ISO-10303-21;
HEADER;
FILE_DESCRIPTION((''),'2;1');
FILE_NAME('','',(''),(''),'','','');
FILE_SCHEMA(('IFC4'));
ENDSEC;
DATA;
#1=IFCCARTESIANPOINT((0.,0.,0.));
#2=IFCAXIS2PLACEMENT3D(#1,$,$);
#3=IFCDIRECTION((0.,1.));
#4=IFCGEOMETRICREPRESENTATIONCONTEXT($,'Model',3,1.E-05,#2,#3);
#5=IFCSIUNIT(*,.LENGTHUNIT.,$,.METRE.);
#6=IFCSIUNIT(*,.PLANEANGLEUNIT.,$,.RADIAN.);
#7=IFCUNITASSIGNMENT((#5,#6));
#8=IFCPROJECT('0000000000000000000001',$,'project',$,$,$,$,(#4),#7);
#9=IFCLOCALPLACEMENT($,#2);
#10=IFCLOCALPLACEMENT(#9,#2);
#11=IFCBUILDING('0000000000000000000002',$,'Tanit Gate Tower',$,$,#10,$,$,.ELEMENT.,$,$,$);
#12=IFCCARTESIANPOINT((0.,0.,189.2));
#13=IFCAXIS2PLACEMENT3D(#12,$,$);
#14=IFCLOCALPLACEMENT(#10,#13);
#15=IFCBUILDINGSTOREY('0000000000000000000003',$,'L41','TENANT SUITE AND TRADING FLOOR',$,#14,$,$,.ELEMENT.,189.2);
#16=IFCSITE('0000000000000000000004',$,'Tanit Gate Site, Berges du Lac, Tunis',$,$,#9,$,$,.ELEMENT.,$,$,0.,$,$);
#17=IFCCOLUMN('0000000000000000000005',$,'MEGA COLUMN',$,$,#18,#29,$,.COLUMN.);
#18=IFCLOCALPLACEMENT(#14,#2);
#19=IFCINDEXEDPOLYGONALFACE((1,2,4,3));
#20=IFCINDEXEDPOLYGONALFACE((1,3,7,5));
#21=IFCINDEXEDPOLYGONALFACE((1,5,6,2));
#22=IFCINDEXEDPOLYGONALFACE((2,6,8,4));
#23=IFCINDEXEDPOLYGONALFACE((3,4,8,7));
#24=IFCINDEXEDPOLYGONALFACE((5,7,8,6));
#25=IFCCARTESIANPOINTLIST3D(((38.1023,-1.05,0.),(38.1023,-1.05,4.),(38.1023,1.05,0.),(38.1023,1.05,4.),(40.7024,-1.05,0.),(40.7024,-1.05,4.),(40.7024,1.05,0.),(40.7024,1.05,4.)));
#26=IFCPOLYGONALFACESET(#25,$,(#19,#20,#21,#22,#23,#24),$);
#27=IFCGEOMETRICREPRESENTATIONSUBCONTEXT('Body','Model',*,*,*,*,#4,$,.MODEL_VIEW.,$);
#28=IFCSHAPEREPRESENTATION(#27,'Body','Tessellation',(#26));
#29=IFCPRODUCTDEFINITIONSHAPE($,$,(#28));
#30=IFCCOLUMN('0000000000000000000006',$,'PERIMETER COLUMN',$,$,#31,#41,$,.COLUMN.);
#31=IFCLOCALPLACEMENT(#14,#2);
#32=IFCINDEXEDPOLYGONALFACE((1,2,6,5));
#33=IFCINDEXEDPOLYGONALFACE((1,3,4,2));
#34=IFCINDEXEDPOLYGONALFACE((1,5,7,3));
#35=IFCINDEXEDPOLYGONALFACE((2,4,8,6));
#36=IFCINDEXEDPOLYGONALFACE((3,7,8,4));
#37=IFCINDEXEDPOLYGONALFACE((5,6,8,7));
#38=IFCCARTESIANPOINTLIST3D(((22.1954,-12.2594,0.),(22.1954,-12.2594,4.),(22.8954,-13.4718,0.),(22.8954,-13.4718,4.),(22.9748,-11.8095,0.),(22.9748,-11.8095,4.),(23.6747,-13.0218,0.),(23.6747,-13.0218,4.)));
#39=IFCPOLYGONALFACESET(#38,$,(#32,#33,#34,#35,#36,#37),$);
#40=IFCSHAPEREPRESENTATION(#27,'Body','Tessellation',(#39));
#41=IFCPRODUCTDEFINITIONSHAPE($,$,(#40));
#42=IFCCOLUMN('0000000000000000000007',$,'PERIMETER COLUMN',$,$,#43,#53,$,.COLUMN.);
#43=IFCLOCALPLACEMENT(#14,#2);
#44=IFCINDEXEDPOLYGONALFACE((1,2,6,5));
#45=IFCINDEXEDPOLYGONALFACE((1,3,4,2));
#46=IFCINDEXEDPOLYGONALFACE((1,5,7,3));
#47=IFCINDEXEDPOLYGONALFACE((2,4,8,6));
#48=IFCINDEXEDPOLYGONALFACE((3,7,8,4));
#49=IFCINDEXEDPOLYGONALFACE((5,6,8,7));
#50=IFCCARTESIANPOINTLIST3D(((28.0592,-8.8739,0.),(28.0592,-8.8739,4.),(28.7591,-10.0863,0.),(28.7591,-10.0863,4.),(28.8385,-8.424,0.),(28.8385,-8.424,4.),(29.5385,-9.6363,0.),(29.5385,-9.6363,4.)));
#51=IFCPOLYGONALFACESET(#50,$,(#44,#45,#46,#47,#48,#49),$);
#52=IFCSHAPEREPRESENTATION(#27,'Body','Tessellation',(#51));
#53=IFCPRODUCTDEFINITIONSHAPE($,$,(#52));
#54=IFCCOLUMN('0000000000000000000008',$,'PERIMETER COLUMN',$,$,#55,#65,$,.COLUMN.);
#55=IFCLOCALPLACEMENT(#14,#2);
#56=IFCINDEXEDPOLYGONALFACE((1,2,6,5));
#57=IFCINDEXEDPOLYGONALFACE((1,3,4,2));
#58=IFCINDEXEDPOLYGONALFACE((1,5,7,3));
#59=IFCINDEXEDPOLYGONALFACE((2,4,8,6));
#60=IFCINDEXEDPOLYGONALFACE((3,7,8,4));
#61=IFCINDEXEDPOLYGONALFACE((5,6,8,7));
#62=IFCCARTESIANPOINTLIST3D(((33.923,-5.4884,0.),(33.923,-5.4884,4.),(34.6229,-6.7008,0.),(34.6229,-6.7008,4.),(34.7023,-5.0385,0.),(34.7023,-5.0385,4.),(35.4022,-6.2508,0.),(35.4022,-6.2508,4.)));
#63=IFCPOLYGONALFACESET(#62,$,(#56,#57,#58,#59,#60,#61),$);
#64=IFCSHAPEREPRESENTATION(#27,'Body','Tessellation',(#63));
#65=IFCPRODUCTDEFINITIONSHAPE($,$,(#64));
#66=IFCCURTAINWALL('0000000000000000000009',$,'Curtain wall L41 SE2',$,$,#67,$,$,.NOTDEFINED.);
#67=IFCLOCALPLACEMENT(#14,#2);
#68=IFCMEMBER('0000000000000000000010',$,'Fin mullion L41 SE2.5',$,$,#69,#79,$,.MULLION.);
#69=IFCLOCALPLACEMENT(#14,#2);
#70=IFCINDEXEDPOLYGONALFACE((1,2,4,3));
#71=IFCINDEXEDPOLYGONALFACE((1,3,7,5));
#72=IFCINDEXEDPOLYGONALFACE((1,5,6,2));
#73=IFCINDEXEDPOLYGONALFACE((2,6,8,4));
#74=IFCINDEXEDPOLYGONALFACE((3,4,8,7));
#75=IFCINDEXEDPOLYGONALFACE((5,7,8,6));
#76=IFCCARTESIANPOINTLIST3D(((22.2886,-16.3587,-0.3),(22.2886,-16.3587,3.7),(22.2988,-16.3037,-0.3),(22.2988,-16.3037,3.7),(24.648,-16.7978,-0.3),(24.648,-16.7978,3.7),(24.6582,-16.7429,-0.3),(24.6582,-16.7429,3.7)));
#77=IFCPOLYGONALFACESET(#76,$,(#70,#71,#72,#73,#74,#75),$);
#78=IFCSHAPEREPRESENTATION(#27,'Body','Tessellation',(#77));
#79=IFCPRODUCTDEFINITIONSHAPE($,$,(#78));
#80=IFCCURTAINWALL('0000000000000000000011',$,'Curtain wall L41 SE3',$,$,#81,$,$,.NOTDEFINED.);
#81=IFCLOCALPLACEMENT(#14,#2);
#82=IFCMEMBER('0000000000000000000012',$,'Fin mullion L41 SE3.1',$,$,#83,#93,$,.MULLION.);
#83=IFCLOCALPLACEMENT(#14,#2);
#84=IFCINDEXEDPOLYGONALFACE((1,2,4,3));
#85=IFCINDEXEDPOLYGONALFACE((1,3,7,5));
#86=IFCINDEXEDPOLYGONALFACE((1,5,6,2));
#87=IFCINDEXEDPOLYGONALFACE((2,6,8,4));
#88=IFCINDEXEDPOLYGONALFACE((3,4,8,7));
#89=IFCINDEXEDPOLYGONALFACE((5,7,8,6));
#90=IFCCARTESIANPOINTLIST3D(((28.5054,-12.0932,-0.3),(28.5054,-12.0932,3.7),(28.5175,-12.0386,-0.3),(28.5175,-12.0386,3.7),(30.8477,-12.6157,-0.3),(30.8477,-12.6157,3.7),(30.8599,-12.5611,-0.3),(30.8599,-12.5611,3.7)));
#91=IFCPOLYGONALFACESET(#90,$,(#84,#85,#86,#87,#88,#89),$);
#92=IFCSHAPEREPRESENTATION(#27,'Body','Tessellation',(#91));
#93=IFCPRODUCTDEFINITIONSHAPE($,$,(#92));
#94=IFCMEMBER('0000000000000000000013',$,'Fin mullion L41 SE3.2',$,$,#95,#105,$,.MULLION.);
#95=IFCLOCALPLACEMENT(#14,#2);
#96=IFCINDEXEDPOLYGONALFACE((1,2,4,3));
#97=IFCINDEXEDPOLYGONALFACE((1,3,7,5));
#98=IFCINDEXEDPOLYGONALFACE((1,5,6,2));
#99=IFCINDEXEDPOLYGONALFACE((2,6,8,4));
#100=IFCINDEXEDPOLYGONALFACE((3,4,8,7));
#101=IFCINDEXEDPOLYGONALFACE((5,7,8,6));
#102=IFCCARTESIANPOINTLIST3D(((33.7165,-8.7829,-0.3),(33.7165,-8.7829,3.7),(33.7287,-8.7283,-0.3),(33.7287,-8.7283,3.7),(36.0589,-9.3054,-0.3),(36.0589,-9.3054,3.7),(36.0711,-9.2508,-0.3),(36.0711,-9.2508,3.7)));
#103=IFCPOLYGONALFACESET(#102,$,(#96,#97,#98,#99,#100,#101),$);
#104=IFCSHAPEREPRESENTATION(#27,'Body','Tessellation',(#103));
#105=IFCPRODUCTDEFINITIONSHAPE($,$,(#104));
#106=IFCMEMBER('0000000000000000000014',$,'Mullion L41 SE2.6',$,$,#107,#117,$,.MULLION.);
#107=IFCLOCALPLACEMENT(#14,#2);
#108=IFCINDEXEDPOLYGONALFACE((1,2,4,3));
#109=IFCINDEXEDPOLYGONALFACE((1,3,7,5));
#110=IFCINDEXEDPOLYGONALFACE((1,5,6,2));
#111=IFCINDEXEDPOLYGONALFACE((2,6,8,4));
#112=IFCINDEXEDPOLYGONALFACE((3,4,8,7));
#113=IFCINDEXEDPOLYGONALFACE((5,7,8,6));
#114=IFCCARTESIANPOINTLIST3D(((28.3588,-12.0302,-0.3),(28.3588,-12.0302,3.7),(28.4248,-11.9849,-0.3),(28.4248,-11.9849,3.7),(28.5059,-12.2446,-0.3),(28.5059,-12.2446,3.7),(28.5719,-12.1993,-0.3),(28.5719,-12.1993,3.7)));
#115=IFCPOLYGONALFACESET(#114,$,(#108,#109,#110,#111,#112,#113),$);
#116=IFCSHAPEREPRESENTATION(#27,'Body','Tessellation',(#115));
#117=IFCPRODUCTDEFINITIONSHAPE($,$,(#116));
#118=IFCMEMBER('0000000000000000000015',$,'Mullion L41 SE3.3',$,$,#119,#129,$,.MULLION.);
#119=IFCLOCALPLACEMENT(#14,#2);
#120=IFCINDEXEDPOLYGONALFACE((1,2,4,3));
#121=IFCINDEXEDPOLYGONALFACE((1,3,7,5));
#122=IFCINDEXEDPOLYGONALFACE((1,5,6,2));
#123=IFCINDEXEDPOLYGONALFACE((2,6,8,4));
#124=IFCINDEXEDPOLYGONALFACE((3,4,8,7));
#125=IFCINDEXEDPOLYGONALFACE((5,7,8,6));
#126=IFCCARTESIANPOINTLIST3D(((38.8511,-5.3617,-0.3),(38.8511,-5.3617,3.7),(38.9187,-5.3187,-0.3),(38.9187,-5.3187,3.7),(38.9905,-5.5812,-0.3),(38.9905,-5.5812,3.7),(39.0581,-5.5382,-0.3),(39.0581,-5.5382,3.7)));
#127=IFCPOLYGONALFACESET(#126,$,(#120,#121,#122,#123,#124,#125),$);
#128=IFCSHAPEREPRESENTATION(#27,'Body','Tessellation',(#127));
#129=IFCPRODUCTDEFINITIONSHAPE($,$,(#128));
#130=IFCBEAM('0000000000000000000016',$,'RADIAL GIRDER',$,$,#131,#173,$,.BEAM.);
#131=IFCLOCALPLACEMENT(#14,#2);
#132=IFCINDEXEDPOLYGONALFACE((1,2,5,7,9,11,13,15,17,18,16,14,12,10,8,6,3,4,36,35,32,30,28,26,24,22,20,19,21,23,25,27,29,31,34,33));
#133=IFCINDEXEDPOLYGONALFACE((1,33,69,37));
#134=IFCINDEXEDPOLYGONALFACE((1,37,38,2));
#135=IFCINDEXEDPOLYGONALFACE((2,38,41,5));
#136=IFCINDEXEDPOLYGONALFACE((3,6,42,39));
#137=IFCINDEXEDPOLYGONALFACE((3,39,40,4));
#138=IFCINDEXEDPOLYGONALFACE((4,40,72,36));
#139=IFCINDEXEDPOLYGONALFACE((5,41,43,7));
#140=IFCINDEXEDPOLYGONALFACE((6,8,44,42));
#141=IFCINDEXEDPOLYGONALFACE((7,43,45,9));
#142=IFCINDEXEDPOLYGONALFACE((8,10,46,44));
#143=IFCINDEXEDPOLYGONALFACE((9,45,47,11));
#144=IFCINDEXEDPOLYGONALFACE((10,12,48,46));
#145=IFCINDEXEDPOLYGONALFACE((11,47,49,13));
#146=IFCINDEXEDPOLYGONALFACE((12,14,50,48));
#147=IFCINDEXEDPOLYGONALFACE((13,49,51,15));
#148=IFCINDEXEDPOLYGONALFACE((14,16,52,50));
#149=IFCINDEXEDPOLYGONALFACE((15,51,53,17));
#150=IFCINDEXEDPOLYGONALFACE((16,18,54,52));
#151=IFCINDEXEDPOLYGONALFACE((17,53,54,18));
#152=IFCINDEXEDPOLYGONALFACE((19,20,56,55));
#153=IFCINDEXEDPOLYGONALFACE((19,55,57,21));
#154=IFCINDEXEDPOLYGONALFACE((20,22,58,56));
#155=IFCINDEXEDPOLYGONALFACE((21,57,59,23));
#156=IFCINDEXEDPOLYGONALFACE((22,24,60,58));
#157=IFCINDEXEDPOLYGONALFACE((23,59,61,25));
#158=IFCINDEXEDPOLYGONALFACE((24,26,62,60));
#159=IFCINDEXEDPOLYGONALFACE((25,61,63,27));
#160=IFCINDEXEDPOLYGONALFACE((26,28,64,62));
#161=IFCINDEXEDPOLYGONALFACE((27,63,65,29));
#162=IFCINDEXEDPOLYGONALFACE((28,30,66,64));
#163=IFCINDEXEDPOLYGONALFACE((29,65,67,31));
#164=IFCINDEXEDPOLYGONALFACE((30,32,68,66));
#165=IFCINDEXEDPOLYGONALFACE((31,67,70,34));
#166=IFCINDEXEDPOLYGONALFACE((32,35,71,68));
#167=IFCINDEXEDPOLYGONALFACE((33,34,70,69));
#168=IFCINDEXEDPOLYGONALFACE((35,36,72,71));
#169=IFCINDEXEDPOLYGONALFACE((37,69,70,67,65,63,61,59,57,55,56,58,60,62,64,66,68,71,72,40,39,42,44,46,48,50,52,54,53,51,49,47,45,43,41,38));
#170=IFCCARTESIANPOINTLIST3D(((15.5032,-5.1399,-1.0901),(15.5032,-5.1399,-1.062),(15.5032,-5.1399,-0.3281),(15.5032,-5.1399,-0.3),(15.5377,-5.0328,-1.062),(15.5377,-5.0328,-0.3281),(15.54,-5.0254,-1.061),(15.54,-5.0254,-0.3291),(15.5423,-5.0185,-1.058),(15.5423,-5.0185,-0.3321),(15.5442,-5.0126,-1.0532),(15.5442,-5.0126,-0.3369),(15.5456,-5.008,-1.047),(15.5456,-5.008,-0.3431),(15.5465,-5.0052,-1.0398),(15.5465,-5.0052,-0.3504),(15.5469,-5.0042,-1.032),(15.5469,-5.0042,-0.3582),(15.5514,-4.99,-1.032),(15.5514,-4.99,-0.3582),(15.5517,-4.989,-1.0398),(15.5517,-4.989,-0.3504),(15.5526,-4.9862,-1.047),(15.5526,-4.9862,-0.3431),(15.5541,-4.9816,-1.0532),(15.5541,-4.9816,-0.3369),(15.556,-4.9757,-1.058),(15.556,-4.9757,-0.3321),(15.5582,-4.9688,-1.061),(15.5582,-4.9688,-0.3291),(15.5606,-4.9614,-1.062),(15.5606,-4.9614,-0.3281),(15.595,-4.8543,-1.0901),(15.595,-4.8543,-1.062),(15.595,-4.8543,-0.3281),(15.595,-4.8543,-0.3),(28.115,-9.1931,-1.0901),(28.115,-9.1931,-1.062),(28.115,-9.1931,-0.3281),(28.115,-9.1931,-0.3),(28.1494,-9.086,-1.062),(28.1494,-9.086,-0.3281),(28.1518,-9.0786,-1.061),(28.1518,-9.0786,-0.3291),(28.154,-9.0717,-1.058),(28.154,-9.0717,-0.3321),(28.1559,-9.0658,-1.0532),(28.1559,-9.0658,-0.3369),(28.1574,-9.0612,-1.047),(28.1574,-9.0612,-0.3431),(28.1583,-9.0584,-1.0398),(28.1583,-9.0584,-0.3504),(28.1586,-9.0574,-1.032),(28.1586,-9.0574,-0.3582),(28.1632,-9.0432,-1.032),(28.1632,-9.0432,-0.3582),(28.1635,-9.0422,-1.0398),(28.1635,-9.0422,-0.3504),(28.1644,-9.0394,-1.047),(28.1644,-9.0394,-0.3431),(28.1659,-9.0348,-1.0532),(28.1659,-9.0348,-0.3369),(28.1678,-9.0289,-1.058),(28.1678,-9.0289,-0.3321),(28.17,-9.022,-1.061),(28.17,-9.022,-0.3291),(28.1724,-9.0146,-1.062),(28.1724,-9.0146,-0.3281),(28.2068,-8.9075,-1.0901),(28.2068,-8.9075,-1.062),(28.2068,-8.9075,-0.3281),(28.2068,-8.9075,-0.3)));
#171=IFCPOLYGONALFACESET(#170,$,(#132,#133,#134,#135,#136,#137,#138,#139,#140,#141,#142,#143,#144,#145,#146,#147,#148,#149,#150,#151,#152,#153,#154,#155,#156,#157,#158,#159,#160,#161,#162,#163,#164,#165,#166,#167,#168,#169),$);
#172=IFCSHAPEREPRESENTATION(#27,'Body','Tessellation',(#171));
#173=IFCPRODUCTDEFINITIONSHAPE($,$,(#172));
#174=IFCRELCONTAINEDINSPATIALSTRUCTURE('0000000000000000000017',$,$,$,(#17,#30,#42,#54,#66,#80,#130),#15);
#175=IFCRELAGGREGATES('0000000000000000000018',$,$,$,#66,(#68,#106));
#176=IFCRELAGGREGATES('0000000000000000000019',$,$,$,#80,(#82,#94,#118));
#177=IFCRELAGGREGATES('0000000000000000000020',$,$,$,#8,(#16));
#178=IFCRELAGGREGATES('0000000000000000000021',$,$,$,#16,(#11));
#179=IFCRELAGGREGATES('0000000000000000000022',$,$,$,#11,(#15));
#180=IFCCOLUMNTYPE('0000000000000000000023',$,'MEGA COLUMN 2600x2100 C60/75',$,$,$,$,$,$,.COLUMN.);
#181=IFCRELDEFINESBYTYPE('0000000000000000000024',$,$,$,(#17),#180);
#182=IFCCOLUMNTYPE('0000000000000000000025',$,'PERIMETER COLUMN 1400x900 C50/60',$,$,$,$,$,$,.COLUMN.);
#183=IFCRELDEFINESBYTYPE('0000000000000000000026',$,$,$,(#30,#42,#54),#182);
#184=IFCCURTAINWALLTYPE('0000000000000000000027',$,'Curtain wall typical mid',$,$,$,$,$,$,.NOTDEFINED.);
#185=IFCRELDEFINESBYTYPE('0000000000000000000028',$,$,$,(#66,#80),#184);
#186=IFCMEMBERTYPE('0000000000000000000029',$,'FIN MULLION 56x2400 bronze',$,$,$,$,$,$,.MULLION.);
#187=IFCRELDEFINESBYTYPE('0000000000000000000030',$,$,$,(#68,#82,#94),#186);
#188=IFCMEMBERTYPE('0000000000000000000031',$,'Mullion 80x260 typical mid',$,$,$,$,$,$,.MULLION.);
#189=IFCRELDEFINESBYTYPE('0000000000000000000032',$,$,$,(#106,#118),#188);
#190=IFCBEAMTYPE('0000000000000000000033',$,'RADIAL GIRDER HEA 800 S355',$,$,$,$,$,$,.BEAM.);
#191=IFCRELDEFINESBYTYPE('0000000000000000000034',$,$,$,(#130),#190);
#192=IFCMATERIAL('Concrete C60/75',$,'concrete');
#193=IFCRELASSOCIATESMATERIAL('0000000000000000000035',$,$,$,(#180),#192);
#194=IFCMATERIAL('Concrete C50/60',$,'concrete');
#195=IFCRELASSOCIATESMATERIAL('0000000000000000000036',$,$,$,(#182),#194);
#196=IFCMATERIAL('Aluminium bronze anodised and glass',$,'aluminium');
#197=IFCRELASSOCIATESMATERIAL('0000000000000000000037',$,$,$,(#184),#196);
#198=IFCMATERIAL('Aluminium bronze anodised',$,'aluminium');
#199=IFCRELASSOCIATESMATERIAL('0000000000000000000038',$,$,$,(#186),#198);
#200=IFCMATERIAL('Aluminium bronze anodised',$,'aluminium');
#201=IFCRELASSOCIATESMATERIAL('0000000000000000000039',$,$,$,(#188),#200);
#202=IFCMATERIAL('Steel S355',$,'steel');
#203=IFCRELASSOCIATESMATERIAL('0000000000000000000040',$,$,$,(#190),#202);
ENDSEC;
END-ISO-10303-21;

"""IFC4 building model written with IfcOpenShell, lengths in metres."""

from ifc_helpers import new_model, si_unit, direction, frame, origin, origin_2d, place, context, subcontext, project, spatial, rectangle, i_section, extrude, material, material_profile, profile_set, type_object, element, aggregate, save


model = new_model("IFC4")

# Units and contexts
model_context = context("Model", 3, precision=1e-05, world=origin(), true_north=direction((0.0, 1.0)))
body_context = subcontext(model_context, "Body", "Model", "MODEL_VIEW")
ifc_project = project(units=[si_unit("LENGTHUNIT", "METRE"), si_unit("PLANEANGLEUNIT", "RADIAN")], contexts=[model_context])

# Site, building, storey
site_placement = place(None, origin())
site = spatial("IfcSite", under=ifc_project, at=site_placement, Name="Tanit Gate Site, Berges du Lac, Tunis", CompositionType="ELEMENT", RefElevation=0.0)
building_placement = place(site_placement, origin())
building = spatial("IfcBuilding", under=site, at=building_placement, Name="Tanit Gate Tower", CompositionType="ELEMENT")
storey_placement = place(building_placement, frame((0.0, 0.0, 189.2)))
storey = spatial("IfcBuildingStorey", under=building, at=storey_placement, Name="L41", Description="TENANT SUITE AND TRADING FLOOR", CompositionType="ELEMENT", Elevation=189.2)

# Columns
ifc_material_1 = material(Name="Concrete C60/75", Category="concrete")
ifc_material_profile_1 = material_profile(ifc_material_1, rectangle(XDim=2.6001, YDim=2.1001, at=origin_2d()), Name="RC 2600x2100")
ifc_profile_set_1 = profile_set([ifc_material_profile_1], Name="Concrete C60/75")
column_type_1 = type_object("IfcColumnType", Name="MEGA COLUMN 2600x2100 C60/75", PredefinedType="COLUMN", material=ifc_profile_set_1)
column_placement = place(storey_placement, frame((39.4023, 0.0, 0.0), z_axis=(0.0, 0.0, 1.0), x_axis=(1.0, 0.0, 0.0)))
element("IfcColumn", 1, at=column_placement, inside=storey, type_object=column_type_1, Name="MEGA COLUMN", PredefinedType="COLUMN", context=body_context, shape_type="SweptSolid", body=[
    extrude(rectangle(XDim=2.6001, YDim=2.1001, at=origin_2d()), origin(), (0.0, 0.0, 1.0), 4.0),
])
ifc_material_2 = material(Name="Concrete C50/60", Category="concrete")
ifc_material_profile_2 = material_profile(ifc_material_2, rectangle(XDim=1.3999, YDim=0.8999, at=origin_2d()), Name="RC 1400x900")
ifc_profile_set_2 = profile_set([ifc_material_profile_2], Name="Concrete C50/60")
column_type_2 = type_object("IfcColumnType", Name="PERIMETER COLUMN 1400x900 C50/60", PredefinedType="COLUMN", material=ifc_profile_set_2)
for number, where, z_axis, x_axis, name in (
    (2, (22.9351, -12.6406, 0.0), (0.0, 0.0, 1.0), (0.5, -0.866025, 0.0), "PERIMETER COLUMN"),
    (3, (28.7988, -9.2551, 0.0), (0.0, 0.0, 1.0), (0.5, -0.866025, 0.0), "PERIMETER COLUMN"),
    (4, (34.6626, -5.8696, 0.0), (0.0, 0.0, 1.0), (0.5, -0.866025, 0.0), "PERIMETER COLUMN"),
):
    element("IfcColumn", number, at=place(storey_placement, frame(where, z_axis=z_axis, x_axis=x_axis)), inside=storey, type_object=column_type_2, Name=name, PredefinedType="COLUMN", context=body_context, shape_type="SweptSolid", body=[
        extrude(rectangle(XDim=1.3999, YDim=0.8999, at=origin_2d()), origin(), (0.0, 0.0, 1.0), 4.0),
    ])

# Curtain wall, member
ifc_material_3 = material(Name="Aluminium bronze anodised and glass", Category="aluminium")
curtain_wall_type = type_object("IfcCurtainWallType", Name="Curtain wall typical mid", PredefinedType="NOTDEFINED", material=ifc_material_3)
curtain_wall_1_placement = place(storey_placement, origin())
curtain_wall_1 = element("IfcCurtainWall", 5, at=curtain_wall_1_placement, inside=storey, type_object=curtain_wall_type, Name="Curtain wall L41 SE2", PredefinedType="NOTDEFINED")
ifc_material_4 = material(Name="Aluminium bronze anodised", Category="aluminium")
ifc_material_profile_3 = material_profile(ifc_material_4, rectangle(XDim=2.3999, YDim=0.0559, at=origin_2d()), Name="56x2400 bronze fin mullion")
ifc_profile_set_3 = profile_set([ifc_material_profile_3], Name="Aluminium bronze anodised")
member_type_1 = type_object("IfcMemberType", Name="FIN MULLION 56x2400 bronze", PredefinedType="MULLION", material=ifc_profile_set_3)
member_1_placement = place(storey_placement, frame((23.4734, -16.5508, -0.3), z_axis=(0.0, 0.0, 1.0), x_axis=(-0.983116, 0.182983, 0.0)))
member_1 = element("IfcMember", 6, at=member_1_placement, type_object=member_type_1, Name="Fin mullion L41 SE2.5", PredefinedType="MULLION", context=body_context, shape_type="SweptSolid", body=[
    extrude(rectangle(XDim=2.3999, YDim=0.0559, at=origin_2d()), origin(), (0.0, 0.0, 1.0), 4.0),
])

# Curtain wall, members
curtain_wall_2_placement = place(storey_placement, origin())
curtain_wall_2 = element("IfcCurtainWall", 7, at=curtain_wall_2_placement, inside=storey, type_object=curtain_wall_type, Name="Curtain wall L41 SE3", PredefinedType="NOTDEFINED")
member_2_placement = place(storey_placement, frame((29.6826, -12.3271, -0.3), z_axis=(0.0, 0.0, 1.0), x_axis=(-0.976011, 0.217722, 0.0)))
member_2 = element("IfcMember", 8, at=member_2_placement, type_object=member_type_1, Name="Fin mullion L41 SE3.1", PredefinedType="MULLION", context=body_context, shape_type="SweptSolid", body=[
    extrude(rectangle(XDim=2.3999, YDim=0.0559, at=origin_2d()), origin(), (0.0, 0.0, 1.0), 4.0),
])
member_3_placement = place(storey_placement, frame((34.8938, -9.0168, -0.3), z_axis=(0.0, 0.0, 1.0), x_axis=(-0.976011, 0.217722, 0.0)))
member_3 = element("IfcMember", 9, at=member_3_placement, type_object=member_type_1, Name="Fin mullion L41 SE3.2", PredefinedType="MULLION", context=body_context, shape_type="SweptSolid", body=[
    extrude(rectangle(XDim=2.3999, YDim=0.0559, at=origin_2d()), origin(), (0.0, 0.0, 1.0), 4.0),
])

# Members
ifc_material_5 = material(Name="Aluminium bronze anodised", Category="aluminium")
ifc_material_profile_4 = material_profile(ifc_material_5, rectangle(XDim=0.26, YDim=0.0801, at=origin_2d()), Name="80x260 bronze mullion")
ifc_profile_set_4 = profile_set([ifc_material_profile_4], Name="Aluminium bronze anodised")
member_type_2 = type_object("IfcMemberType", Name="Mullion 80x260 typical mid", PredefinedType="MULLION", material=ifc_profile_set_4)
member_4_placement = place(storey_placement, frame((28.4653, -12.1147, -0.3), z_axis=(0.0, 0.0, 1.0), x_axis=(-0.56578, 0.824557, 0.0)))
member_4 = element("IfcMember", 10, at=member_4_placement, type_object=member_type_2, Name="Mullion L41 SE2.6", PredefinedType="MULLION", context=body_context, shape_type="SweptSolid", body=[
    extrude(rectangle(XDim=0.26, YDim=0.0801, at=origin_2d()), origin(), (0.0, 0.0, 1.0), 4.0),
])
member_5_placement = place(storey_placement, frame((38.9546, -5.45, -0.3), z_axis=(0.0, 0.0, 1.0), x_axis=(-0.536191, 0.844097, 0.0)))
member_5 = element("IfcMember", 11, at=member_5_placement, type_object=member_type_2, Name="Mullion L41 SE3.3", PredefinedType="MULLION", context=body_context, shape_type="SweptSolid", body=[
    extrude(rectangle(XDim=0.26, YDim=0.0801, at=origin_2d()), origin(), (0.0, 0.0, 1.0), 4.0),
])

# Beam
ifc_material_6 = material(Name="Steel S355", Category="steel")
ifc_material_profile_5 = material_profile(ifc_material_6, i_section(OverallWidth=0.3, OverallDepth=0.79, WebThickness=0.0149, FlangeThickness=0.0281, FilletRadius=0.03, at=origin_2d()), Name="HEA 800")
ifc_profile_set_5 = profile_set([ifc_material_profile_5], Name="Steel S355")
beam_type_1 = type_object("IfcBeamType", Name="RADIAL GIRDER HEA 800 S355", PredefinedType="BEAM", material=ifc_profile_set_5)
beam_1_placement = place(storey_placement, frame((28.1609, -9.0503, -0.6951), z_axis=(-0.952041, 0.30597, 0.0), x_axis=(-0.30597, -0.952041, 0.0)))
element("IfcBeam", 12, at=beam_1_placement, inside=storey, type_object=beam_type_1, Name="RADIAL GIRDER", PredefinedType="BEAM", context=body_context, shape_type="SweptSolid", body=[
    extrude(i_section(OverallWidth=0.3, OverallDepth=0.79, WebThickness=0.0149, FlangeThickness=0.0281, FilletRadius=0.03, at=origin_2d()), origin(), (0.0, 0.0, 1.0), 13.2471),
])

aggregate(curtain_wall_1, [member_1, member_4])
aggregate(curtain_wall_2, [member_2, member_3, member_5])

save(model, "model.ifc")
